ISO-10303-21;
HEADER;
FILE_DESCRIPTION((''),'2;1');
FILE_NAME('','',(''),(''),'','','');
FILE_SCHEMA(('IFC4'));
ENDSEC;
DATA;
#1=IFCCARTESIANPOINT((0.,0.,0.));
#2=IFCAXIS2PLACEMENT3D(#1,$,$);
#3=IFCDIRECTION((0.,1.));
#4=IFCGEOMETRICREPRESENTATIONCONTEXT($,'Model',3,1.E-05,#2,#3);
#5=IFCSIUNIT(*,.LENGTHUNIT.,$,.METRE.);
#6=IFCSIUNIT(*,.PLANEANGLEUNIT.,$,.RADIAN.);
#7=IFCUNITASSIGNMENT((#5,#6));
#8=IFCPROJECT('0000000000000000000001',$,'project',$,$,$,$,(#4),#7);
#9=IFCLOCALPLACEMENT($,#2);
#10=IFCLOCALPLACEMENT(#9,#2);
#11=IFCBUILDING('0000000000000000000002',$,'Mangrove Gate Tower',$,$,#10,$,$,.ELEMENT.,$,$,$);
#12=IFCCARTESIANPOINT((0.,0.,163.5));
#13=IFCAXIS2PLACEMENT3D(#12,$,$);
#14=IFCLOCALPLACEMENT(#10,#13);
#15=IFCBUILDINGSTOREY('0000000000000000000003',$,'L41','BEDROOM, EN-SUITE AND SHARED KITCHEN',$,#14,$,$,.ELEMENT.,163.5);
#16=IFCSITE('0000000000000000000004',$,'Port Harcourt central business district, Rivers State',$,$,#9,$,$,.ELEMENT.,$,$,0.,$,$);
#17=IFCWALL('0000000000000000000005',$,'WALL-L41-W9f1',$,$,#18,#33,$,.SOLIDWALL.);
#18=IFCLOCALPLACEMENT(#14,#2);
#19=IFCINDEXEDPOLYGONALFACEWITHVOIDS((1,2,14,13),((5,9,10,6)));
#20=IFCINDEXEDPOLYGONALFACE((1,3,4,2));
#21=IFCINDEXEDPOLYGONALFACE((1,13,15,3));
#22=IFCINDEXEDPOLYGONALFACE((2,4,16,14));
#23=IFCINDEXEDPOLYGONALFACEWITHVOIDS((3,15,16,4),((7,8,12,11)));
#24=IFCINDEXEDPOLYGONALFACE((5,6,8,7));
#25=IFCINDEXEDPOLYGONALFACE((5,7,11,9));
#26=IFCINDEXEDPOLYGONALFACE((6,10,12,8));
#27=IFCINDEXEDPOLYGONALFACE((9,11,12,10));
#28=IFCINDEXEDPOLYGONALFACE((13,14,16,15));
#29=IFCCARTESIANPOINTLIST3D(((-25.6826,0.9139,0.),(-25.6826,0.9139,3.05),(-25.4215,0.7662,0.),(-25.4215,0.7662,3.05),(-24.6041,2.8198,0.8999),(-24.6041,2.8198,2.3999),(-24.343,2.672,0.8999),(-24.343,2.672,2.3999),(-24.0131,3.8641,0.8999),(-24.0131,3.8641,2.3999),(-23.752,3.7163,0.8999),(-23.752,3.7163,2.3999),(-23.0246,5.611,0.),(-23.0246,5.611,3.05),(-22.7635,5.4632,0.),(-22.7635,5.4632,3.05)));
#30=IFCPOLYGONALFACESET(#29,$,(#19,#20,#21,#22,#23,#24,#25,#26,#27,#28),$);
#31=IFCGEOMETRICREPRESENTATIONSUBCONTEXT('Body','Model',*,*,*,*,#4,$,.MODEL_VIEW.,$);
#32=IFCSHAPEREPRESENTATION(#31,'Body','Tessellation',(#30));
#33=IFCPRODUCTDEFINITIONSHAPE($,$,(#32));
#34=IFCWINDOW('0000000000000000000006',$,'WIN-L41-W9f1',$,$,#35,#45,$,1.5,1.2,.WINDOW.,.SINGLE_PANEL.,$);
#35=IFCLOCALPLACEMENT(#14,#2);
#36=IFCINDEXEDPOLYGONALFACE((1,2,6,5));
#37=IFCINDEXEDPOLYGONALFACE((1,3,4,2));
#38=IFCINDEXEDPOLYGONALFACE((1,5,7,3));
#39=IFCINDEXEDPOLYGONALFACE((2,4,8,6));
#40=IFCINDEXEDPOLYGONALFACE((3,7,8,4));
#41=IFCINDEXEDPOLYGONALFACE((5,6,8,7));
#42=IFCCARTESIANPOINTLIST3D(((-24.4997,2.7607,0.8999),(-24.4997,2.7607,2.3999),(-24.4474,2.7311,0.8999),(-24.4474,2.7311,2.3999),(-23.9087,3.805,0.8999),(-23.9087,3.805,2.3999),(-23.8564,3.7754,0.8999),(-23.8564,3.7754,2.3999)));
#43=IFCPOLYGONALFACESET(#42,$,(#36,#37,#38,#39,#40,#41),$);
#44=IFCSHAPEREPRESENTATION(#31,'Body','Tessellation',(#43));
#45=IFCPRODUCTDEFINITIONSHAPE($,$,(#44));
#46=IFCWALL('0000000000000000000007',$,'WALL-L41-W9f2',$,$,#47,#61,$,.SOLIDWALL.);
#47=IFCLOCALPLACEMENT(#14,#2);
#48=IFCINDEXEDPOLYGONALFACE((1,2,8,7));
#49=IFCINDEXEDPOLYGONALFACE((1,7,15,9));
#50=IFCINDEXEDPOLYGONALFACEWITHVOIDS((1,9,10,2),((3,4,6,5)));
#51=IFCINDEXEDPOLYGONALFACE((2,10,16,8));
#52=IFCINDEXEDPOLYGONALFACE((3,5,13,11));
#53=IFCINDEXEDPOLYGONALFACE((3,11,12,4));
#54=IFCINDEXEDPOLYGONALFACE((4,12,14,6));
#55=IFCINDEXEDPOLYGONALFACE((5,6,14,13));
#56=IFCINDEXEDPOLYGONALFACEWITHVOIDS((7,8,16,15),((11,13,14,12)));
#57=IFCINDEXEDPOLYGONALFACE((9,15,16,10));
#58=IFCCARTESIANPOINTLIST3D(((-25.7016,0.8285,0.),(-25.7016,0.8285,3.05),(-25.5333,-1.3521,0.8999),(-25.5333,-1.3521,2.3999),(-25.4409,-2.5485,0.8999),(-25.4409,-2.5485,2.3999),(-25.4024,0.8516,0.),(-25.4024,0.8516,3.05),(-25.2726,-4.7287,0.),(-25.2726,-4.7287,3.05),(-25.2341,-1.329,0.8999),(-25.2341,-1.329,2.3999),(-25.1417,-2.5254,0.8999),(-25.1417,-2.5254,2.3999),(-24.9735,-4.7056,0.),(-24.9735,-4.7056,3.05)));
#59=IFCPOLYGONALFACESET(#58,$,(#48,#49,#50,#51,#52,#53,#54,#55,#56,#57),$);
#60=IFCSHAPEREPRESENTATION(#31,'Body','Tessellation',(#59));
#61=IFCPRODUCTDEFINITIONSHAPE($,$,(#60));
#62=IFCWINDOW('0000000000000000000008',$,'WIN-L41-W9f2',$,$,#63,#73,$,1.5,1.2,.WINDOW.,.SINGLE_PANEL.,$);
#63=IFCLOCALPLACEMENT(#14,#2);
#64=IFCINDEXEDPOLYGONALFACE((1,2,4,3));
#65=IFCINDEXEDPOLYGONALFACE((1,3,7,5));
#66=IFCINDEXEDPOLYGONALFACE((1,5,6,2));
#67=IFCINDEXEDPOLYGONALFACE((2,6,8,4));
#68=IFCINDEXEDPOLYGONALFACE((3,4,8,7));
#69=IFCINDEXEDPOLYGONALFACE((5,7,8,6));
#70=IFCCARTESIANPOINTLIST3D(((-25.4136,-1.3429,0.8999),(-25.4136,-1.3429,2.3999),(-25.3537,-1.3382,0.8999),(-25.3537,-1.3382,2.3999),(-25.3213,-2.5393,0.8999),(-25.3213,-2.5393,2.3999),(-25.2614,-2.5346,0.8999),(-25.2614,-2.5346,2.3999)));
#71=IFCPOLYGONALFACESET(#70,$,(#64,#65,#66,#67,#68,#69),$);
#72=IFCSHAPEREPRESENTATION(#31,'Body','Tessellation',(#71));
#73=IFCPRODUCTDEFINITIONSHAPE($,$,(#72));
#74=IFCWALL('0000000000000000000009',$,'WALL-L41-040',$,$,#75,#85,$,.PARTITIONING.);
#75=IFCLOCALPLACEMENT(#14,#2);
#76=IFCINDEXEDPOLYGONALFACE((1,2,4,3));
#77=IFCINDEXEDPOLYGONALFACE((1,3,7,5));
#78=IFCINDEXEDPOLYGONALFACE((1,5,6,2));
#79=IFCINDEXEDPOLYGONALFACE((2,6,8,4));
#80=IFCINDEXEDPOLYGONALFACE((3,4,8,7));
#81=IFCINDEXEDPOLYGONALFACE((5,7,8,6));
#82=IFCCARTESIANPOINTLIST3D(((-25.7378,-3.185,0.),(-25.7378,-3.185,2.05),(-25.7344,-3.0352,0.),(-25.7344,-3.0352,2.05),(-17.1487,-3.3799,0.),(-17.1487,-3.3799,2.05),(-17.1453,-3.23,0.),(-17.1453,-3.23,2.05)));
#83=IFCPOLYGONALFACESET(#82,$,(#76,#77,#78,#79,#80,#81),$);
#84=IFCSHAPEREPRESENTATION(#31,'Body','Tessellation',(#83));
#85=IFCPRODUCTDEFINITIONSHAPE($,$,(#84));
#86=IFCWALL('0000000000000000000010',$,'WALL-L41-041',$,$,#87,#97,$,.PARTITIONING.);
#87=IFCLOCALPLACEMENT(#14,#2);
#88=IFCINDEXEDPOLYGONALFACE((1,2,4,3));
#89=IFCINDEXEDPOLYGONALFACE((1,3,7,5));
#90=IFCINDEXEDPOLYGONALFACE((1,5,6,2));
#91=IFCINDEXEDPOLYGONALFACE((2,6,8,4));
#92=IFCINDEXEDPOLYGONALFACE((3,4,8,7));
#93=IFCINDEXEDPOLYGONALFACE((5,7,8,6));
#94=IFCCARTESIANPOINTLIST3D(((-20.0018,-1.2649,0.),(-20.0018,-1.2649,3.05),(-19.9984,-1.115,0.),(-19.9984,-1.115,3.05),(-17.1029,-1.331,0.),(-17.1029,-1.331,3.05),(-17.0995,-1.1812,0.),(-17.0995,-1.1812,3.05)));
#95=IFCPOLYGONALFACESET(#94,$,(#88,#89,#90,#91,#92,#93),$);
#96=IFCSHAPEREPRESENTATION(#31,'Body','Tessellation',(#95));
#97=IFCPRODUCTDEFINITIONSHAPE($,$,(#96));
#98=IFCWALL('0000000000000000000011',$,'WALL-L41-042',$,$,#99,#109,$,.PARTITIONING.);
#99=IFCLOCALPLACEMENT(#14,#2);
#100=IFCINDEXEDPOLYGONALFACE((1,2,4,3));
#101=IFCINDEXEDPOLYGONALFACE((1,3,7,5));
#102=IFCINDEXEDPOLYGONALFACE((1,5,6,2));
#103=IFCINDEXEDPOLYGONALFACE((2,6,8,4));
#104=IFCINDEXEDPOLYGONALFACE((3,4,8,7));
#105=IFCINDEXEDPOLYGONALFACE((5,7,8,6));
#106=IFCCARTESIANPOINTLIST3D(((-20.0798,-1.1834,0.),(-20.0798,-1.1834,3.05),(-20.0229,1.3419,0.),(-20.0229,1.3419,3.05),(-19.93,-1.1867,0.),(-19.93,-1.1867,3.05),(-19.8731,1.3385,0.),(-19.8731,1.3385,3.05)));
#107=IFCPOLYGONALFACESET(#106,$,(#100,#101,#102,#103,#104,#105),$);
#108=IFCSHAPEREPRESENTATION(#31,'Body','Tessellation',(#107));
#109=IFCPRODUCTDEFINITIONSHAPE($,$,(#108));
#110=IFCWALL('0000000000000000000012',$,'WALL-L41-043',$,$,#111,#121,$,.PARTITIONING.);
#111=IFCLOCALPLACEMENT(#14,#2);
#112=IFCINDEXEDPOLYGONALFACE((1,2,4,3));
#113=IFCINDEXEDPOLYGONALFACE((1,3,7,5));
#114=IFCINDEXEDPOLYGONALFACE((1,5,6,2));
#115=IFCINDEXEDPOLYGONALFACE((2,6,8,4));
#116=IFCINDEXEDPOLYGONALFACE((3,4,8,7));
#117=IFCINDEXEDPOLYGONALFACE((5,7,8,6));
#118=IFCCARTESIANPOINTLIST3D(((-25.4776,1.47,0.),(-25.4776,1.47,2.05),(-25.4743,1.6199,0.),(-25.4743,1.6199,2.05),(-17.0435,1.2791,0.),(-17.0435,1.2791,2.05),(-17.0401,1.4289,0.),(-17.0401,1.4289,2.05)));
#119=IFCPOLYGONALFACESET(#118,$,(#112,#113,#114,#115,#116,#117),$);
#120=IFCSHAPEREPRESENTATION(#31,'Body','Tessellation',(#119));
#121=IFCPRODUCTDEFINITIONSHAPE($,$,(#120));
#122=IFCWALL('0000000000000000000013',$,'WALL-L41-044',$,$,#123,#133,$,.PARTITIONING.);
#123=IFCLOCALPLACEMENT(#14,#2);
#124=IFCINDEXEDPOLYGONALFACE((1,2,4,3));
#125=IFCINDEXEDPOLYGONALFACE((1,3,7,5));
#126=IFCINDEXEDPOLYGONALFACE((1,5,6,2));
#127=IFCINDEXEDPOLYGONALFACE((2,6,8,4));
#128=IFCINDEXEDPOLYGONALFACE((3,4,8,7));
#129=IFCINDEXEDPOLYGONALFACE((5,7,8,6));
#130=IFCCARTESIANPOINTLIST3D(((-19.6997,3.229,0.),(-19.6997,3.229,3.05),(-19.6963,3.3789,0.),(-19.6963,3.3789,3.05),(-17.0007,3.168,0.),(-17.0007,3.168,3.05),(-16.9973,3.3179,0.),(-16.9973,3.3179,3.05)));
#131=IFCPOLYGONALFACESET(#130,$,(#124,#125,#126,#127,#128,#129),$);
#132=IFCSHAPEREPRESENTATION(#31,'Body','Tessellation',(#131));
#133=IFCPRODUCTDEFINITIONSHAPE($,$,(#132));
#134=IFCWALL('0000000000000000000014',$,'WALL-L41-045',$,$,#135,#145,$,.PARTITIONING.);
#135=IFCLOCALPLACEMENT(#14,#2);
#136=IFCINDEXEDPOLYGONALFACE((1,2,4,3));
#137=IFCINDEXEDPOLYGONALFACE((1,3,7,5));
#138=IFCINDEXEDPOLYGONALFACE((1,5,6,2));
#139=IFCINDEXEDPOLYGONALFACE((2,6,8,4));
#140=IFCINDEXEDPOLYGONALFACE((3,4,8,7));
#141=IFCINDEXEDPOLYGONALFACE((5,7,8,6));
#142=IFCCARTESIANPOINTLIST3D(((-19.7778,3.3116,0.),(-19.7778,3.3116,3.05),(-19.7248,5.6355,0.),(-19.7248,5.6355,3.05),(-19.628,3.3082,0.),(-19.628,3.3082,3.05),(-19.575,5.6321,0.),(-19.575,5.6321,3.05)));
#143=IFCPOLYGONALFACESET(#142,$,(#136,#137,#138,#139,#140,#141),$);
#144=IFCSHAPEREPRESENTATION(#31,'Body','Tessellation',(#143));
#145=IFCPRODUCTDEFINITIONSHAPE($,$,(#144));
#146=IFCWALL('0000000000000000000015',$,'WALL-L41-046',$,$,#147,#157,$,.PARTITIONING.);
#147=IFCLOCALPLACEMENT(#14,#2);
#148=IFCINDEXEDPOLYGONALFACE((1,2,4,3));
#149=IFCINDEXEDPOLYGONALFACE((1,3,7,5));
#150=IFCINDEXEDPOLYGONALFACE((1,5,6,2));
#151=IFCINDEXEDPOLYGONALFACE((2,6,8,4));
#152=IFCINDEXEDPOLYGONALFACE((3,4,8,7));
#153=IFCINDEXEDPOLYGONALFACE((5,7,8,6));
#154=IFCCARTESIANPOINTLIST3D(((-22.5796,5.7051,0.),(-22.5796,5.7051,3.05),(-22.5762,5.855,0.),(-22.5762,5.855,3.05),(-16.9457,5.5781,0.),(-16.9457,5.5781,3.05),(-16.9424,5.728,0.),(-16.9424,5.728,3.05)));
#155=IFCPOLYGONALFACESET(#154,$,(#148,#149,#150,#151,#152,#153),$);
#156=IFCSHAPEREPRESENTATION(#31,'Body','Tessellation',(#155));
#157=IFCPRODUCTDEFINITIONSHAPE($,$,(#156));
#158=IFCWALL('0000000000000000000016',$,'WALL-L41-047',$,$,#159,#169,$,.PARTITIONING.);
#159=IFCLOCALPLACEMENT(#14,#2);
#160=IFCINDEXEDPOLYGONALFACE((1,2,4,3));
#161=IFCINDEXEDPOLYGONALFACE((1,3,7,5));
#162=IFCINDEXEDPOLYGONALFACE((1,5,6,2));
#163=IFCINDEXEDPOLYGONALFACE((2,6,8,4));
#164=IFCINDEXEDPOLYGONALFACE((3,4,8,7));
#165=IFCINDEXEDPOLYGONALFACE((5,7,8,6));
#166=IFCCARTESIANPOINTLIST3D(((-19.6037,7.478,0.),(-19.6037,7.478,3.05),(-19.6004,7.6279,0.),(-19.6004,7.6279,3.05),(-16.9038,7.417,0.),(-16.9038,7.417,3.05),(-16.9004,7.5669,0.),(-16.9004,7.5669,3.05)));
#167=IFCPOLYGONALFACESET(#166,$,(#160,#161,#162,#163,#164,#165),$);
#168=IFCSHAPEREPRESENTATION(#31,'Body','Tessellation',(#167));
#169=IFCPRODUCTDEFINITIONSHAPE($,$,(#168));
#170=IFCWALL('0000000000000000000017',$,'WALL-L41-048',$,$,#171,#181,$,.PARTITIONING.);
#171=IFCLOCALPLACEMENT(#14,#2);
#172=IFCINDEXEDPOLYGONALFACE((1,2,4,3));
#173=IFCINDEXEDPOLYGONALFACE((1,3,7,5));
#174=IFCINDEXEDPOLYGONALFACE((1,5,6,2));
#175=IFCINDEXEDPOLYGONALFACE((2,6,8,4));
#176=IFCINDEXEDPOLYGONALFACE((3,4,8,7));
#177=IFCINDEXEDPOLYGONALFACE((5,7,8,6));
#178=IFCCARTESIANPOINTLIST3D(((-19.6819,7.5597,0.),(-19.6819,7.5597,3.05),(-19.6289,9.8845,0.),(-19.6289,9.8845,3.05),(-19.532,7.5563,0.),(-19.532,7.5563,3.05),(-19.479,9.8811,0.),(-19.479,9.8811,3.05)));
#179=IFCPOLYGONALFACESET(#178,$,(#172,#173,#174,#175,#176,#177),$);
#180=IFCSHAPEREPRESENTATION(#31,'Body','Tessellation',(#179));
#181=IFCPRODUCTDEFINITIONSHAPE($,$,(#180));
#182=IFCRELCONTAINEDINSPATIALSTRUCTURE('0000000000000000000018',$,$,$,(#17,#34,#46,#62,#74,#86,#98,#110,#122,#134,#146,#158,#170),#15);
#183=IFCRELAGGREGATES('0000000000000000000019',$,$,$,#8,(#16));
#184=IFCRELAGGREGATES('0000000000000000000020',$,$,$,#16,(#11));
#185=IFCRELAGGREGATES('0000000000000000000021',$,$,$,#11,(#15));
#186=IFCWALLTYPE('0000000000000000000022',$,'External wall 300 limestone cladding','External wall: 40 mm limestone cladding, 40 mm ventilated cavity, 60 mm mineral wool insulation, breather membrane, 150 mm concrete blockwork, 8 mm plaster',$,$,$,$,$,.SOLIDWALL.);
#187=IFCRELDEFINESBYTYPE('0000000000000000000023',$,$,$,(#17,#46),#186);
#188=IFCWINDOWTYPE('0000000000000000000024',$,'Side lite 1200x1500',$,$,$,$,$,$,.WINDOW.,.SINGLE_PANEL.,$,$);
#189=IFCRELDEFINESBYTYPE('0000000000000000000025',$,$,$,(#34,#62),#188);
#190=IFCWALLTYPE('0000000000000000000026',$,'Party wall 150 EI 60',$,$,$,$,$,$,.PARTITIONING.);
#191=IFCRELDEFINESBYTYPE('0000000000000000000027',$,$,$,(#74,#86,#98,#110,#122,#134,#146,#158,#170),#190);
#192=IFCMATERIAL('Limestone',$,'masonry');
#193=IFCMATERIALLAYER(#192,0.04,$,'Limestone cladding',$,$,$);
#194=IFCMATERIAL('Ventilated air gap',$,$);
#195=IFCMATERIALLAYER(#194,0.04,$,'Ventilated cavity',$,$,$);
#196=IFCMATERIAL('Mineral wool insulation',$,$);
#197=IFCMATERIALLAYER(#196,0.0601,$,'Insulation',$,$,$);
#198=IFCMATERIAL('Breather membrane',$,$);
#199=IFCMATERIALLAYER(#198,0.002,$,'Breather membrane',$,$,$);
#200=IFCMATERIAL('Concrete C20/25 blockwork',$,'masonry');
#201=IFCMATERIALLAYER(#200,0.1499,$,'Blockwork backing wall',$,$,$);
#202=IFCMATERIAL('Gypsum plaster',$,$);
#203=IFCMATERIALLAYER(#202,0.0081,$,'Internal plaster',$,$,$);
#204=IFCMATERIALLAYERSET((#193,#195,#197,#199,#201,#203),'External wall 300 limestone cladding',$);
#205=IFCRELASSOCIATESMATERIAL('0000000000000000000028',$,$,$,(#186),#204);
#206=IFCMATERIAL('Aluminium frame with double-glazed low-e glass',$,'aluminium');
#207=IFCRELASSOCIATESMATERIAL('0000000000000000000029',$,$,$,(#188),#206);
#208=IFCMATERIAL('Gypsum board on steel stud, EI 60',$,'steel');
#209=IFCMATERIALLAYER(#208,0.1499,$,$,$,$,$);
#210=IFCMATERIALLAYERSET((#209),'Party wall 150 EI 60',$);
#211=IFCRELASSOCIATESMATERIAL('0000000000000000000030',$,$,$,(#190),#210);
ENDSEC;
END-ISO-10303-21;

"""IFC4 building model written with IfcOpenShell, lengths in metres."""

from ifc_helpers import new_model, si_unit, direction, frame, frame_2d, origin, place, context, subcontext, project, spatial, rectangle, extrude, material, layer, layer_set, type_object, element, fill, save


model = new_model("IFC4")

# Units and contexts
model_context = context("Model", 3, precision=1e-05, world=origin(), true_north=direction((0.0, 1.0)))
body_context = subcontext(model_context, "Body", "Model", "MODEL_VIEW")
ifc_project = project(units=[si_unit("LENGTHUNIT", "METRE"), si_unit("PLANEANGLEUNIT", "RADIAN")], contexts=[model_context])

# Site, building, storey
site_placement = place(None, origin())
site = spatial("IfcSite", under=ifc_project, at=site_placement, Name="Port Harcourt central business district, Rivers State", CompositionType="ELEMENT", RefElevation=0.0)
building_placement = place(site_placement, origin())
building = spatial("IfcBuilding", under=site, at=building_placement, Name="Mangrove Gate Tower", CompositionType="ELEMENT")
storey_placement = place(building_placement, frame((0.0, 0.0, 163.5)))
storey = spatial("IfcBuildingStorey", under=building, at=storey_placement, Name="L41", Description="BEDROOM, EN-SUITE AND SHARED KITCHEN", CompositionType="ELEMENT", Elevation=163.5)

# Walls, openings, windows
ifc_material_1 = material(Name="Limestone", Category="masonry")
ifc_layer_1 = layer(ifc_material_1, 0.04, Name="Limestone cladding")
ifc_material_2 = material(Name="Ventilated air gap")
ifc_layer_2 = layer(ifc_material_2, 0.04, Name="Ventilated cavity")
ifc_material_3 = material(Name="Mineral wool insulation")
ifc_layer_3 = layer(ifc_material_3, 0.0601, Name="Insulation")
ifc_material_4 = material(Name="Breather membrane")
ifc_layer_4 = layer(ifc_material_4, 0.002, Name="Breather membrane")
ifc_material_5 = material(Name="Concrete C20/25 blockwork", Category="masonry")
ifc_layer_5 = layer(ifc_material_5, 0.1499, Name="Blockwork backing wall")
ifc_material_6 = material(Name="Gypsum plaster")
ifc_layer_6 = layer(ifc_material_6, 0.0081, Name="Internal plaster")
ifc_layer_set_1 = layer_set([ifc_layer_1, ifc_layer_2, ifc_layer_3, ifc_layer_4, ifc_layer_5, ifc_layer_6], Name="External wall 300 limestone cladding")
wall_type_1 = type_object("IfcWallType", Name="External wall 300 limestone cladding", Description="External wall: 40 mm limestone cladding, 40 mm ventilated cavity, 60 mm mineral wool insulation, breather membrane, 150 mm concrete blockwork, 8 mm plaster", PredefinedType="SOLIDWALL", material=ifc_layer_set_1)
wall_1_placement = place(storey_placement, frame((-22.894, 5.5371, 0.0), z_axis=(0.0, 0.0, 1.0), x_axis=(-0.492495, -0.870315, 0.0)))
wall_1 = element("IfcWall", 1, at=wall_1_placement, inside=storey, type_object=wall_type_1, Name="WALL-L41-W9f1", PredefinedType="SOLIDWALL", context=body_context, shape_type="SweptSolid", body=[
    extrude(rectangle(XDim=5.397, YDim=0.3, at=frame_2d((2.6985, 0.0))), origin(), (0.0, 0.0, 1.0), 3.05),
])
opening_1_placement = place(wall_1_placement, frame((2.0071, 0.0, 0.8999)))
opening_1 = element("IfcOpeningElement", 2, at=opening_1_placement, cuts=wall_1, PredefinedType="OPENING", context=body_context, shape_type="SweptSolid", body=[
    extrude(rectangle(XDim=1.2, YDim=1.5, at=frame_2d((0.6001, 0.75))), frame((0.0, 0.1599, 0.0), z_axis=(0.0, -1.0, 0.0), x_axis=(1.0, 0.0, 0.0)), (0.0, 0.0, 1.0), 0.3201),
])
ifc_material_7 = material(Name="Aluminium frame with double-glazed low-e glass", Category="aluminium")
window_type = type_object("IfcWindowType", Name="Side lite 1200x1500", PartitioningType="SINGLE_PANEL", PredefinedType="WINDOW", material=ifc_material_7)
window_1_placement = place(opening_1_placement, origin())
window_1 = element("IfcWindow", 3, at=window_1_placement, inside=storey, type_object=window_type, Name="WIN-L41-W9f1", OverallHeight=1.5, OverallWidth=1.2, PartitioningType="SINGLE_PANEL", PredefinedType="WINDOW", context=body_context, shape_type="SweptSolid", body=[
    extrude(rectangle(XDim=1.2, YDim=1.5, at=frame_2d((0.6001, 0.75))), frame((0.0, 0.03, 0.0), z_axis=(0.0, -1.0, 0.0), x_axis=(1.0, 0.0, 0.0)), (0.0, 0.0, 1.0), 0.0601),
])
fill(opening_1, window_1)
wall_2_placement = place(storey_placement, frame((-25.552, 0.8401, 0.0), z_axis=(0.0, 0.0, 1.0), x_axis=(0.076961, -0.997034, 0.0)))
wall_2 = element("IfcWall", 4, at=wall_2_placement, inside=storey, type_object=wall_type_1, Name="WALL-L41-W9f2", PredefinedType="SOLIDWALL", context=body_context, shape_type="SweptSolid", body=[
    extrude(rectangle(XDim=5.5737, YDim=0.3, at=frame_2d((2.7869, 0.0))), origin(), (0.0, 0.0, 1.0), 3.05),
])
opening_2_placement = place(wall_2_placement, frame((2.187, 0.0, 0.8999)))
opening_2 = element("IfcOpeningElement", 5, at=opening_2_placement, cuts=wall_2, PredefinedType="OPENING", context=body_context, shape_type="SweptSolid", body=[
    extrude(rectangle(XDim=1.2, YDim=1.5, at=frame_2d((0.6001, 0.75))), frame((0.0, 0.1599, 0.0), z_axis=(0.0, -1.0, 0.0), x_axis=(1.0, 0.0, 0.0)), (0.0, 0.0, 1.0), 0.3201),
])
window_2_placement = place(opening_2_placement, origin())
window_2 = element("IfcWindow", 6, at=window_2_placement, inside=storey, type_object=window_type, Name="WIN-L41-W9f2", OverallHeight=1.5, OverallWidth=1.2, PartitioningType="SINGLE_PANEL", PredefinedType="WINDOW", context=body_context, shape_type="SweptSolid", body=[
    extrude(rectangle(XDim=1.2, YDim=1.5, at=frame_2d((0.6001, 0.75))), frame((0.0, 0.03, 0.0), z_axis=(0.0, -1.0, 0.0), x_axis=(1.0, 0.0, 0.0)), (0.0, 0.0, 1.0), 0.0601),
])
fill(opening_2, window_2)

# Walls
ifc_material_8 = material(Name="Gypsum board on steel stud, EI 60", Category="steel")
ifc_layer_7 = layer(ifc_material_8, 0.1499)
ifc_layer_set_2 = layer_set([ifc_layer_7], Name="Party wall 150 EI 60")
wall_type_2 = type_object("IfcWallType", Name="Party wall 150 EI 60", PredefinedType="PARTITIONING", material=ifc_layer_set_2)
wall_3_placement = place(storey_placement, frame((-25.7361, -3.1101, 0.0), z_axis=(0.0, 0.0, 1.0), x_axis=(0.999743, -0.022677, 0.0)))
element("IfcWall", 7, at=wall_3_placement, inside=storey, type_object=wall_type_2, Name="WALL-L41-040", PredefinedType="PARTITIONING", context=body_context, shape_type="SweptSolid", body=[
    extrude(rectangle(XDim=8.5913, YDim=0.1499, at=frame_2d((4.2957, 0.0))), origin(), (0.0, 0.0, 1.0), 2.05),
])
wall_4_placement = place(storey_placement, frame((-20.0, -1.1899, 0.0), z_axis=(0.0, 0.0, 1.0), x_axis=(0.99974, -0.022817, 0.0)))
element("IfcWall", 8, at=wall_4_placement, inside=storey, type_object=wall_type_2, Name="WALL-L41-041", PredefinedType="PARTITIONING", context=body_context, shape_type="SweptSolid", body=[
    extrude(rectangle(XDim=2.8997, YDim=0.1499, at=frame_2d((1.4497, 0.0))), origin(), (0.0, 0.0, 1.0), 3.05),
])
wall_5_placement = place(storey_placement, frame((-20.0049, -1.1851, 0.0), z_axis=(0.0, 0.0, 1.0), x_axis=(0.022522, 0.999746, 0.0)))
element("IfcWall", 9, at=wall_5_placement, inside=storey, type_object=wall_type_2, Name="WALL-L41-042", PredefinedType="PARTITIONING", context=body_context, shape_type="SweptSolid", body=[
    extrude(rectangle(XDim=2.5259, YDim=0.1499, at=frame_2d((1.2629, 0.0))), origin(), (0.0, 0.0, 1.0), 3.05),
])
wall_6_placement = place(storey_placement, frame((-25.4761, 1.5449, 0.0), z_axis=(0.0, 0.0, 1.0), x_axis=(0.999744, -0.022631, 0.0)))
element("IfcWall", 10, at=wall_6_placement, inside=storey, type_object=wall_type_2, Name="WALL-L41-043", PredefinedType="PARTITIONING", context=body_context, shape_type="SweptSolid", body=[
    extrude(rectangle(XDim=8.4363, YDim=0.1499, at=frame_2d((4.2183, 0.0))), origin(), (0.0, 0.0, 1.0), 2.05),
])
wall_7_placement = place(storey_placement, frame((-19.698, 3.304, 0.0), z_axis=(0.0, 0.0, 1.0), x_axis=(0.999744, -0.022608, 0.0)))
element("IfcWall", 11, at=wall_7_placement, inside=storey, type_object=wall_type_2, Name="WALL-L41-044", PredefinedType="PARTITIONING", context=body_context, shape_type="SweptSolid", body=[
    extrude(rectangle(XDim=2.6997, YDim=0.1499, at=frame_2d((1.3499, 0.0))), origin(), (0.0, 0.0, 1.0), 3.05),
])
wall_8_placement = place(storey_placement, frame((-19.7029, 3.3101, 0.0), z_axis=(0.0, 0.0, 1.0), x_axis=(0.022791, 0.99974, 0.0)))
element("IfcWall", 12, at=wall_8_placement, inside=storey, type_object=wall_type_2, Name="WALL-L41-045", PredefinedType="PARTITIONING", context=body_context, shape_type="SweptSolid", body=[
    extrude(rectangle(XDim=2.3245, YDim=0.1499, at=frame_2d((1.1621, 0.0))), origin(), (0.0, 0.0, 1.0), 3.05),
])
wall_9_placement = place(storey_placement, frame((-22.5779, 5.78, 0.0), z_axis=(0.0, 0.0, 1.0), x_axis=(0.999746, -0.022529, 0.0)))
element("IfcWall", 13, at=wall_9_placement, inside=storey, type_object=wall_type_2, Name="WALL-L41-046", PredefinedType="PARTITIONING", context=body_context, shape_type="SweptSolid", body=[
    extrude(rectangle(XDim=5.6353, YDim=0.1499, at=frame_2d((2.8176, 0.0))), origin(), (0.0, 0.0, 1.0), 3.05),
])
wall_10_placement = place(storey_placement, frame((-19.6021, 7.553, 0.0), z_axis=(0.0, 0.0, 1.0), x_axis=(0.999745, -0.0226, 0.0)))
element("IfcWall", 14, at=wall_10_placement, inside=storey, type_object=wall_type_2, Name="WALL-L41-047", PredefinedType="PARTITIONING", context=body_context, shape_type="SweptSolid", body=[
    extrude(rectangle(XDim=2.7007, YDim=0.1499, at=frame_2d((1.3503, 0.0))), origin(), (0.0, 0.0, 1.0), 3.05),
])
wall_11_placement = place(storey_placement, frame((-19.6069, 7.5581, 0.0), z_axis=(0.0, 0.0, 1.0), x_axis=(0.022781, 0.99974, 0.0)))
element("IfcWall", 15, at=wall_11_placement, inside=storey, type_object=wall_type_2, Name="WALL-L41-048", PredefinedType="PARTITIONING", context=body_context, shape_type="SweptSolid", body=[
    extrude(rectangle(XDim=2.3254, YDim=0.1499, at=frame_2d((1.1626, 0.0))), origin(), (0.0, 0.0, 1.0), 3.05),
])

save(model, "model.ifc")
